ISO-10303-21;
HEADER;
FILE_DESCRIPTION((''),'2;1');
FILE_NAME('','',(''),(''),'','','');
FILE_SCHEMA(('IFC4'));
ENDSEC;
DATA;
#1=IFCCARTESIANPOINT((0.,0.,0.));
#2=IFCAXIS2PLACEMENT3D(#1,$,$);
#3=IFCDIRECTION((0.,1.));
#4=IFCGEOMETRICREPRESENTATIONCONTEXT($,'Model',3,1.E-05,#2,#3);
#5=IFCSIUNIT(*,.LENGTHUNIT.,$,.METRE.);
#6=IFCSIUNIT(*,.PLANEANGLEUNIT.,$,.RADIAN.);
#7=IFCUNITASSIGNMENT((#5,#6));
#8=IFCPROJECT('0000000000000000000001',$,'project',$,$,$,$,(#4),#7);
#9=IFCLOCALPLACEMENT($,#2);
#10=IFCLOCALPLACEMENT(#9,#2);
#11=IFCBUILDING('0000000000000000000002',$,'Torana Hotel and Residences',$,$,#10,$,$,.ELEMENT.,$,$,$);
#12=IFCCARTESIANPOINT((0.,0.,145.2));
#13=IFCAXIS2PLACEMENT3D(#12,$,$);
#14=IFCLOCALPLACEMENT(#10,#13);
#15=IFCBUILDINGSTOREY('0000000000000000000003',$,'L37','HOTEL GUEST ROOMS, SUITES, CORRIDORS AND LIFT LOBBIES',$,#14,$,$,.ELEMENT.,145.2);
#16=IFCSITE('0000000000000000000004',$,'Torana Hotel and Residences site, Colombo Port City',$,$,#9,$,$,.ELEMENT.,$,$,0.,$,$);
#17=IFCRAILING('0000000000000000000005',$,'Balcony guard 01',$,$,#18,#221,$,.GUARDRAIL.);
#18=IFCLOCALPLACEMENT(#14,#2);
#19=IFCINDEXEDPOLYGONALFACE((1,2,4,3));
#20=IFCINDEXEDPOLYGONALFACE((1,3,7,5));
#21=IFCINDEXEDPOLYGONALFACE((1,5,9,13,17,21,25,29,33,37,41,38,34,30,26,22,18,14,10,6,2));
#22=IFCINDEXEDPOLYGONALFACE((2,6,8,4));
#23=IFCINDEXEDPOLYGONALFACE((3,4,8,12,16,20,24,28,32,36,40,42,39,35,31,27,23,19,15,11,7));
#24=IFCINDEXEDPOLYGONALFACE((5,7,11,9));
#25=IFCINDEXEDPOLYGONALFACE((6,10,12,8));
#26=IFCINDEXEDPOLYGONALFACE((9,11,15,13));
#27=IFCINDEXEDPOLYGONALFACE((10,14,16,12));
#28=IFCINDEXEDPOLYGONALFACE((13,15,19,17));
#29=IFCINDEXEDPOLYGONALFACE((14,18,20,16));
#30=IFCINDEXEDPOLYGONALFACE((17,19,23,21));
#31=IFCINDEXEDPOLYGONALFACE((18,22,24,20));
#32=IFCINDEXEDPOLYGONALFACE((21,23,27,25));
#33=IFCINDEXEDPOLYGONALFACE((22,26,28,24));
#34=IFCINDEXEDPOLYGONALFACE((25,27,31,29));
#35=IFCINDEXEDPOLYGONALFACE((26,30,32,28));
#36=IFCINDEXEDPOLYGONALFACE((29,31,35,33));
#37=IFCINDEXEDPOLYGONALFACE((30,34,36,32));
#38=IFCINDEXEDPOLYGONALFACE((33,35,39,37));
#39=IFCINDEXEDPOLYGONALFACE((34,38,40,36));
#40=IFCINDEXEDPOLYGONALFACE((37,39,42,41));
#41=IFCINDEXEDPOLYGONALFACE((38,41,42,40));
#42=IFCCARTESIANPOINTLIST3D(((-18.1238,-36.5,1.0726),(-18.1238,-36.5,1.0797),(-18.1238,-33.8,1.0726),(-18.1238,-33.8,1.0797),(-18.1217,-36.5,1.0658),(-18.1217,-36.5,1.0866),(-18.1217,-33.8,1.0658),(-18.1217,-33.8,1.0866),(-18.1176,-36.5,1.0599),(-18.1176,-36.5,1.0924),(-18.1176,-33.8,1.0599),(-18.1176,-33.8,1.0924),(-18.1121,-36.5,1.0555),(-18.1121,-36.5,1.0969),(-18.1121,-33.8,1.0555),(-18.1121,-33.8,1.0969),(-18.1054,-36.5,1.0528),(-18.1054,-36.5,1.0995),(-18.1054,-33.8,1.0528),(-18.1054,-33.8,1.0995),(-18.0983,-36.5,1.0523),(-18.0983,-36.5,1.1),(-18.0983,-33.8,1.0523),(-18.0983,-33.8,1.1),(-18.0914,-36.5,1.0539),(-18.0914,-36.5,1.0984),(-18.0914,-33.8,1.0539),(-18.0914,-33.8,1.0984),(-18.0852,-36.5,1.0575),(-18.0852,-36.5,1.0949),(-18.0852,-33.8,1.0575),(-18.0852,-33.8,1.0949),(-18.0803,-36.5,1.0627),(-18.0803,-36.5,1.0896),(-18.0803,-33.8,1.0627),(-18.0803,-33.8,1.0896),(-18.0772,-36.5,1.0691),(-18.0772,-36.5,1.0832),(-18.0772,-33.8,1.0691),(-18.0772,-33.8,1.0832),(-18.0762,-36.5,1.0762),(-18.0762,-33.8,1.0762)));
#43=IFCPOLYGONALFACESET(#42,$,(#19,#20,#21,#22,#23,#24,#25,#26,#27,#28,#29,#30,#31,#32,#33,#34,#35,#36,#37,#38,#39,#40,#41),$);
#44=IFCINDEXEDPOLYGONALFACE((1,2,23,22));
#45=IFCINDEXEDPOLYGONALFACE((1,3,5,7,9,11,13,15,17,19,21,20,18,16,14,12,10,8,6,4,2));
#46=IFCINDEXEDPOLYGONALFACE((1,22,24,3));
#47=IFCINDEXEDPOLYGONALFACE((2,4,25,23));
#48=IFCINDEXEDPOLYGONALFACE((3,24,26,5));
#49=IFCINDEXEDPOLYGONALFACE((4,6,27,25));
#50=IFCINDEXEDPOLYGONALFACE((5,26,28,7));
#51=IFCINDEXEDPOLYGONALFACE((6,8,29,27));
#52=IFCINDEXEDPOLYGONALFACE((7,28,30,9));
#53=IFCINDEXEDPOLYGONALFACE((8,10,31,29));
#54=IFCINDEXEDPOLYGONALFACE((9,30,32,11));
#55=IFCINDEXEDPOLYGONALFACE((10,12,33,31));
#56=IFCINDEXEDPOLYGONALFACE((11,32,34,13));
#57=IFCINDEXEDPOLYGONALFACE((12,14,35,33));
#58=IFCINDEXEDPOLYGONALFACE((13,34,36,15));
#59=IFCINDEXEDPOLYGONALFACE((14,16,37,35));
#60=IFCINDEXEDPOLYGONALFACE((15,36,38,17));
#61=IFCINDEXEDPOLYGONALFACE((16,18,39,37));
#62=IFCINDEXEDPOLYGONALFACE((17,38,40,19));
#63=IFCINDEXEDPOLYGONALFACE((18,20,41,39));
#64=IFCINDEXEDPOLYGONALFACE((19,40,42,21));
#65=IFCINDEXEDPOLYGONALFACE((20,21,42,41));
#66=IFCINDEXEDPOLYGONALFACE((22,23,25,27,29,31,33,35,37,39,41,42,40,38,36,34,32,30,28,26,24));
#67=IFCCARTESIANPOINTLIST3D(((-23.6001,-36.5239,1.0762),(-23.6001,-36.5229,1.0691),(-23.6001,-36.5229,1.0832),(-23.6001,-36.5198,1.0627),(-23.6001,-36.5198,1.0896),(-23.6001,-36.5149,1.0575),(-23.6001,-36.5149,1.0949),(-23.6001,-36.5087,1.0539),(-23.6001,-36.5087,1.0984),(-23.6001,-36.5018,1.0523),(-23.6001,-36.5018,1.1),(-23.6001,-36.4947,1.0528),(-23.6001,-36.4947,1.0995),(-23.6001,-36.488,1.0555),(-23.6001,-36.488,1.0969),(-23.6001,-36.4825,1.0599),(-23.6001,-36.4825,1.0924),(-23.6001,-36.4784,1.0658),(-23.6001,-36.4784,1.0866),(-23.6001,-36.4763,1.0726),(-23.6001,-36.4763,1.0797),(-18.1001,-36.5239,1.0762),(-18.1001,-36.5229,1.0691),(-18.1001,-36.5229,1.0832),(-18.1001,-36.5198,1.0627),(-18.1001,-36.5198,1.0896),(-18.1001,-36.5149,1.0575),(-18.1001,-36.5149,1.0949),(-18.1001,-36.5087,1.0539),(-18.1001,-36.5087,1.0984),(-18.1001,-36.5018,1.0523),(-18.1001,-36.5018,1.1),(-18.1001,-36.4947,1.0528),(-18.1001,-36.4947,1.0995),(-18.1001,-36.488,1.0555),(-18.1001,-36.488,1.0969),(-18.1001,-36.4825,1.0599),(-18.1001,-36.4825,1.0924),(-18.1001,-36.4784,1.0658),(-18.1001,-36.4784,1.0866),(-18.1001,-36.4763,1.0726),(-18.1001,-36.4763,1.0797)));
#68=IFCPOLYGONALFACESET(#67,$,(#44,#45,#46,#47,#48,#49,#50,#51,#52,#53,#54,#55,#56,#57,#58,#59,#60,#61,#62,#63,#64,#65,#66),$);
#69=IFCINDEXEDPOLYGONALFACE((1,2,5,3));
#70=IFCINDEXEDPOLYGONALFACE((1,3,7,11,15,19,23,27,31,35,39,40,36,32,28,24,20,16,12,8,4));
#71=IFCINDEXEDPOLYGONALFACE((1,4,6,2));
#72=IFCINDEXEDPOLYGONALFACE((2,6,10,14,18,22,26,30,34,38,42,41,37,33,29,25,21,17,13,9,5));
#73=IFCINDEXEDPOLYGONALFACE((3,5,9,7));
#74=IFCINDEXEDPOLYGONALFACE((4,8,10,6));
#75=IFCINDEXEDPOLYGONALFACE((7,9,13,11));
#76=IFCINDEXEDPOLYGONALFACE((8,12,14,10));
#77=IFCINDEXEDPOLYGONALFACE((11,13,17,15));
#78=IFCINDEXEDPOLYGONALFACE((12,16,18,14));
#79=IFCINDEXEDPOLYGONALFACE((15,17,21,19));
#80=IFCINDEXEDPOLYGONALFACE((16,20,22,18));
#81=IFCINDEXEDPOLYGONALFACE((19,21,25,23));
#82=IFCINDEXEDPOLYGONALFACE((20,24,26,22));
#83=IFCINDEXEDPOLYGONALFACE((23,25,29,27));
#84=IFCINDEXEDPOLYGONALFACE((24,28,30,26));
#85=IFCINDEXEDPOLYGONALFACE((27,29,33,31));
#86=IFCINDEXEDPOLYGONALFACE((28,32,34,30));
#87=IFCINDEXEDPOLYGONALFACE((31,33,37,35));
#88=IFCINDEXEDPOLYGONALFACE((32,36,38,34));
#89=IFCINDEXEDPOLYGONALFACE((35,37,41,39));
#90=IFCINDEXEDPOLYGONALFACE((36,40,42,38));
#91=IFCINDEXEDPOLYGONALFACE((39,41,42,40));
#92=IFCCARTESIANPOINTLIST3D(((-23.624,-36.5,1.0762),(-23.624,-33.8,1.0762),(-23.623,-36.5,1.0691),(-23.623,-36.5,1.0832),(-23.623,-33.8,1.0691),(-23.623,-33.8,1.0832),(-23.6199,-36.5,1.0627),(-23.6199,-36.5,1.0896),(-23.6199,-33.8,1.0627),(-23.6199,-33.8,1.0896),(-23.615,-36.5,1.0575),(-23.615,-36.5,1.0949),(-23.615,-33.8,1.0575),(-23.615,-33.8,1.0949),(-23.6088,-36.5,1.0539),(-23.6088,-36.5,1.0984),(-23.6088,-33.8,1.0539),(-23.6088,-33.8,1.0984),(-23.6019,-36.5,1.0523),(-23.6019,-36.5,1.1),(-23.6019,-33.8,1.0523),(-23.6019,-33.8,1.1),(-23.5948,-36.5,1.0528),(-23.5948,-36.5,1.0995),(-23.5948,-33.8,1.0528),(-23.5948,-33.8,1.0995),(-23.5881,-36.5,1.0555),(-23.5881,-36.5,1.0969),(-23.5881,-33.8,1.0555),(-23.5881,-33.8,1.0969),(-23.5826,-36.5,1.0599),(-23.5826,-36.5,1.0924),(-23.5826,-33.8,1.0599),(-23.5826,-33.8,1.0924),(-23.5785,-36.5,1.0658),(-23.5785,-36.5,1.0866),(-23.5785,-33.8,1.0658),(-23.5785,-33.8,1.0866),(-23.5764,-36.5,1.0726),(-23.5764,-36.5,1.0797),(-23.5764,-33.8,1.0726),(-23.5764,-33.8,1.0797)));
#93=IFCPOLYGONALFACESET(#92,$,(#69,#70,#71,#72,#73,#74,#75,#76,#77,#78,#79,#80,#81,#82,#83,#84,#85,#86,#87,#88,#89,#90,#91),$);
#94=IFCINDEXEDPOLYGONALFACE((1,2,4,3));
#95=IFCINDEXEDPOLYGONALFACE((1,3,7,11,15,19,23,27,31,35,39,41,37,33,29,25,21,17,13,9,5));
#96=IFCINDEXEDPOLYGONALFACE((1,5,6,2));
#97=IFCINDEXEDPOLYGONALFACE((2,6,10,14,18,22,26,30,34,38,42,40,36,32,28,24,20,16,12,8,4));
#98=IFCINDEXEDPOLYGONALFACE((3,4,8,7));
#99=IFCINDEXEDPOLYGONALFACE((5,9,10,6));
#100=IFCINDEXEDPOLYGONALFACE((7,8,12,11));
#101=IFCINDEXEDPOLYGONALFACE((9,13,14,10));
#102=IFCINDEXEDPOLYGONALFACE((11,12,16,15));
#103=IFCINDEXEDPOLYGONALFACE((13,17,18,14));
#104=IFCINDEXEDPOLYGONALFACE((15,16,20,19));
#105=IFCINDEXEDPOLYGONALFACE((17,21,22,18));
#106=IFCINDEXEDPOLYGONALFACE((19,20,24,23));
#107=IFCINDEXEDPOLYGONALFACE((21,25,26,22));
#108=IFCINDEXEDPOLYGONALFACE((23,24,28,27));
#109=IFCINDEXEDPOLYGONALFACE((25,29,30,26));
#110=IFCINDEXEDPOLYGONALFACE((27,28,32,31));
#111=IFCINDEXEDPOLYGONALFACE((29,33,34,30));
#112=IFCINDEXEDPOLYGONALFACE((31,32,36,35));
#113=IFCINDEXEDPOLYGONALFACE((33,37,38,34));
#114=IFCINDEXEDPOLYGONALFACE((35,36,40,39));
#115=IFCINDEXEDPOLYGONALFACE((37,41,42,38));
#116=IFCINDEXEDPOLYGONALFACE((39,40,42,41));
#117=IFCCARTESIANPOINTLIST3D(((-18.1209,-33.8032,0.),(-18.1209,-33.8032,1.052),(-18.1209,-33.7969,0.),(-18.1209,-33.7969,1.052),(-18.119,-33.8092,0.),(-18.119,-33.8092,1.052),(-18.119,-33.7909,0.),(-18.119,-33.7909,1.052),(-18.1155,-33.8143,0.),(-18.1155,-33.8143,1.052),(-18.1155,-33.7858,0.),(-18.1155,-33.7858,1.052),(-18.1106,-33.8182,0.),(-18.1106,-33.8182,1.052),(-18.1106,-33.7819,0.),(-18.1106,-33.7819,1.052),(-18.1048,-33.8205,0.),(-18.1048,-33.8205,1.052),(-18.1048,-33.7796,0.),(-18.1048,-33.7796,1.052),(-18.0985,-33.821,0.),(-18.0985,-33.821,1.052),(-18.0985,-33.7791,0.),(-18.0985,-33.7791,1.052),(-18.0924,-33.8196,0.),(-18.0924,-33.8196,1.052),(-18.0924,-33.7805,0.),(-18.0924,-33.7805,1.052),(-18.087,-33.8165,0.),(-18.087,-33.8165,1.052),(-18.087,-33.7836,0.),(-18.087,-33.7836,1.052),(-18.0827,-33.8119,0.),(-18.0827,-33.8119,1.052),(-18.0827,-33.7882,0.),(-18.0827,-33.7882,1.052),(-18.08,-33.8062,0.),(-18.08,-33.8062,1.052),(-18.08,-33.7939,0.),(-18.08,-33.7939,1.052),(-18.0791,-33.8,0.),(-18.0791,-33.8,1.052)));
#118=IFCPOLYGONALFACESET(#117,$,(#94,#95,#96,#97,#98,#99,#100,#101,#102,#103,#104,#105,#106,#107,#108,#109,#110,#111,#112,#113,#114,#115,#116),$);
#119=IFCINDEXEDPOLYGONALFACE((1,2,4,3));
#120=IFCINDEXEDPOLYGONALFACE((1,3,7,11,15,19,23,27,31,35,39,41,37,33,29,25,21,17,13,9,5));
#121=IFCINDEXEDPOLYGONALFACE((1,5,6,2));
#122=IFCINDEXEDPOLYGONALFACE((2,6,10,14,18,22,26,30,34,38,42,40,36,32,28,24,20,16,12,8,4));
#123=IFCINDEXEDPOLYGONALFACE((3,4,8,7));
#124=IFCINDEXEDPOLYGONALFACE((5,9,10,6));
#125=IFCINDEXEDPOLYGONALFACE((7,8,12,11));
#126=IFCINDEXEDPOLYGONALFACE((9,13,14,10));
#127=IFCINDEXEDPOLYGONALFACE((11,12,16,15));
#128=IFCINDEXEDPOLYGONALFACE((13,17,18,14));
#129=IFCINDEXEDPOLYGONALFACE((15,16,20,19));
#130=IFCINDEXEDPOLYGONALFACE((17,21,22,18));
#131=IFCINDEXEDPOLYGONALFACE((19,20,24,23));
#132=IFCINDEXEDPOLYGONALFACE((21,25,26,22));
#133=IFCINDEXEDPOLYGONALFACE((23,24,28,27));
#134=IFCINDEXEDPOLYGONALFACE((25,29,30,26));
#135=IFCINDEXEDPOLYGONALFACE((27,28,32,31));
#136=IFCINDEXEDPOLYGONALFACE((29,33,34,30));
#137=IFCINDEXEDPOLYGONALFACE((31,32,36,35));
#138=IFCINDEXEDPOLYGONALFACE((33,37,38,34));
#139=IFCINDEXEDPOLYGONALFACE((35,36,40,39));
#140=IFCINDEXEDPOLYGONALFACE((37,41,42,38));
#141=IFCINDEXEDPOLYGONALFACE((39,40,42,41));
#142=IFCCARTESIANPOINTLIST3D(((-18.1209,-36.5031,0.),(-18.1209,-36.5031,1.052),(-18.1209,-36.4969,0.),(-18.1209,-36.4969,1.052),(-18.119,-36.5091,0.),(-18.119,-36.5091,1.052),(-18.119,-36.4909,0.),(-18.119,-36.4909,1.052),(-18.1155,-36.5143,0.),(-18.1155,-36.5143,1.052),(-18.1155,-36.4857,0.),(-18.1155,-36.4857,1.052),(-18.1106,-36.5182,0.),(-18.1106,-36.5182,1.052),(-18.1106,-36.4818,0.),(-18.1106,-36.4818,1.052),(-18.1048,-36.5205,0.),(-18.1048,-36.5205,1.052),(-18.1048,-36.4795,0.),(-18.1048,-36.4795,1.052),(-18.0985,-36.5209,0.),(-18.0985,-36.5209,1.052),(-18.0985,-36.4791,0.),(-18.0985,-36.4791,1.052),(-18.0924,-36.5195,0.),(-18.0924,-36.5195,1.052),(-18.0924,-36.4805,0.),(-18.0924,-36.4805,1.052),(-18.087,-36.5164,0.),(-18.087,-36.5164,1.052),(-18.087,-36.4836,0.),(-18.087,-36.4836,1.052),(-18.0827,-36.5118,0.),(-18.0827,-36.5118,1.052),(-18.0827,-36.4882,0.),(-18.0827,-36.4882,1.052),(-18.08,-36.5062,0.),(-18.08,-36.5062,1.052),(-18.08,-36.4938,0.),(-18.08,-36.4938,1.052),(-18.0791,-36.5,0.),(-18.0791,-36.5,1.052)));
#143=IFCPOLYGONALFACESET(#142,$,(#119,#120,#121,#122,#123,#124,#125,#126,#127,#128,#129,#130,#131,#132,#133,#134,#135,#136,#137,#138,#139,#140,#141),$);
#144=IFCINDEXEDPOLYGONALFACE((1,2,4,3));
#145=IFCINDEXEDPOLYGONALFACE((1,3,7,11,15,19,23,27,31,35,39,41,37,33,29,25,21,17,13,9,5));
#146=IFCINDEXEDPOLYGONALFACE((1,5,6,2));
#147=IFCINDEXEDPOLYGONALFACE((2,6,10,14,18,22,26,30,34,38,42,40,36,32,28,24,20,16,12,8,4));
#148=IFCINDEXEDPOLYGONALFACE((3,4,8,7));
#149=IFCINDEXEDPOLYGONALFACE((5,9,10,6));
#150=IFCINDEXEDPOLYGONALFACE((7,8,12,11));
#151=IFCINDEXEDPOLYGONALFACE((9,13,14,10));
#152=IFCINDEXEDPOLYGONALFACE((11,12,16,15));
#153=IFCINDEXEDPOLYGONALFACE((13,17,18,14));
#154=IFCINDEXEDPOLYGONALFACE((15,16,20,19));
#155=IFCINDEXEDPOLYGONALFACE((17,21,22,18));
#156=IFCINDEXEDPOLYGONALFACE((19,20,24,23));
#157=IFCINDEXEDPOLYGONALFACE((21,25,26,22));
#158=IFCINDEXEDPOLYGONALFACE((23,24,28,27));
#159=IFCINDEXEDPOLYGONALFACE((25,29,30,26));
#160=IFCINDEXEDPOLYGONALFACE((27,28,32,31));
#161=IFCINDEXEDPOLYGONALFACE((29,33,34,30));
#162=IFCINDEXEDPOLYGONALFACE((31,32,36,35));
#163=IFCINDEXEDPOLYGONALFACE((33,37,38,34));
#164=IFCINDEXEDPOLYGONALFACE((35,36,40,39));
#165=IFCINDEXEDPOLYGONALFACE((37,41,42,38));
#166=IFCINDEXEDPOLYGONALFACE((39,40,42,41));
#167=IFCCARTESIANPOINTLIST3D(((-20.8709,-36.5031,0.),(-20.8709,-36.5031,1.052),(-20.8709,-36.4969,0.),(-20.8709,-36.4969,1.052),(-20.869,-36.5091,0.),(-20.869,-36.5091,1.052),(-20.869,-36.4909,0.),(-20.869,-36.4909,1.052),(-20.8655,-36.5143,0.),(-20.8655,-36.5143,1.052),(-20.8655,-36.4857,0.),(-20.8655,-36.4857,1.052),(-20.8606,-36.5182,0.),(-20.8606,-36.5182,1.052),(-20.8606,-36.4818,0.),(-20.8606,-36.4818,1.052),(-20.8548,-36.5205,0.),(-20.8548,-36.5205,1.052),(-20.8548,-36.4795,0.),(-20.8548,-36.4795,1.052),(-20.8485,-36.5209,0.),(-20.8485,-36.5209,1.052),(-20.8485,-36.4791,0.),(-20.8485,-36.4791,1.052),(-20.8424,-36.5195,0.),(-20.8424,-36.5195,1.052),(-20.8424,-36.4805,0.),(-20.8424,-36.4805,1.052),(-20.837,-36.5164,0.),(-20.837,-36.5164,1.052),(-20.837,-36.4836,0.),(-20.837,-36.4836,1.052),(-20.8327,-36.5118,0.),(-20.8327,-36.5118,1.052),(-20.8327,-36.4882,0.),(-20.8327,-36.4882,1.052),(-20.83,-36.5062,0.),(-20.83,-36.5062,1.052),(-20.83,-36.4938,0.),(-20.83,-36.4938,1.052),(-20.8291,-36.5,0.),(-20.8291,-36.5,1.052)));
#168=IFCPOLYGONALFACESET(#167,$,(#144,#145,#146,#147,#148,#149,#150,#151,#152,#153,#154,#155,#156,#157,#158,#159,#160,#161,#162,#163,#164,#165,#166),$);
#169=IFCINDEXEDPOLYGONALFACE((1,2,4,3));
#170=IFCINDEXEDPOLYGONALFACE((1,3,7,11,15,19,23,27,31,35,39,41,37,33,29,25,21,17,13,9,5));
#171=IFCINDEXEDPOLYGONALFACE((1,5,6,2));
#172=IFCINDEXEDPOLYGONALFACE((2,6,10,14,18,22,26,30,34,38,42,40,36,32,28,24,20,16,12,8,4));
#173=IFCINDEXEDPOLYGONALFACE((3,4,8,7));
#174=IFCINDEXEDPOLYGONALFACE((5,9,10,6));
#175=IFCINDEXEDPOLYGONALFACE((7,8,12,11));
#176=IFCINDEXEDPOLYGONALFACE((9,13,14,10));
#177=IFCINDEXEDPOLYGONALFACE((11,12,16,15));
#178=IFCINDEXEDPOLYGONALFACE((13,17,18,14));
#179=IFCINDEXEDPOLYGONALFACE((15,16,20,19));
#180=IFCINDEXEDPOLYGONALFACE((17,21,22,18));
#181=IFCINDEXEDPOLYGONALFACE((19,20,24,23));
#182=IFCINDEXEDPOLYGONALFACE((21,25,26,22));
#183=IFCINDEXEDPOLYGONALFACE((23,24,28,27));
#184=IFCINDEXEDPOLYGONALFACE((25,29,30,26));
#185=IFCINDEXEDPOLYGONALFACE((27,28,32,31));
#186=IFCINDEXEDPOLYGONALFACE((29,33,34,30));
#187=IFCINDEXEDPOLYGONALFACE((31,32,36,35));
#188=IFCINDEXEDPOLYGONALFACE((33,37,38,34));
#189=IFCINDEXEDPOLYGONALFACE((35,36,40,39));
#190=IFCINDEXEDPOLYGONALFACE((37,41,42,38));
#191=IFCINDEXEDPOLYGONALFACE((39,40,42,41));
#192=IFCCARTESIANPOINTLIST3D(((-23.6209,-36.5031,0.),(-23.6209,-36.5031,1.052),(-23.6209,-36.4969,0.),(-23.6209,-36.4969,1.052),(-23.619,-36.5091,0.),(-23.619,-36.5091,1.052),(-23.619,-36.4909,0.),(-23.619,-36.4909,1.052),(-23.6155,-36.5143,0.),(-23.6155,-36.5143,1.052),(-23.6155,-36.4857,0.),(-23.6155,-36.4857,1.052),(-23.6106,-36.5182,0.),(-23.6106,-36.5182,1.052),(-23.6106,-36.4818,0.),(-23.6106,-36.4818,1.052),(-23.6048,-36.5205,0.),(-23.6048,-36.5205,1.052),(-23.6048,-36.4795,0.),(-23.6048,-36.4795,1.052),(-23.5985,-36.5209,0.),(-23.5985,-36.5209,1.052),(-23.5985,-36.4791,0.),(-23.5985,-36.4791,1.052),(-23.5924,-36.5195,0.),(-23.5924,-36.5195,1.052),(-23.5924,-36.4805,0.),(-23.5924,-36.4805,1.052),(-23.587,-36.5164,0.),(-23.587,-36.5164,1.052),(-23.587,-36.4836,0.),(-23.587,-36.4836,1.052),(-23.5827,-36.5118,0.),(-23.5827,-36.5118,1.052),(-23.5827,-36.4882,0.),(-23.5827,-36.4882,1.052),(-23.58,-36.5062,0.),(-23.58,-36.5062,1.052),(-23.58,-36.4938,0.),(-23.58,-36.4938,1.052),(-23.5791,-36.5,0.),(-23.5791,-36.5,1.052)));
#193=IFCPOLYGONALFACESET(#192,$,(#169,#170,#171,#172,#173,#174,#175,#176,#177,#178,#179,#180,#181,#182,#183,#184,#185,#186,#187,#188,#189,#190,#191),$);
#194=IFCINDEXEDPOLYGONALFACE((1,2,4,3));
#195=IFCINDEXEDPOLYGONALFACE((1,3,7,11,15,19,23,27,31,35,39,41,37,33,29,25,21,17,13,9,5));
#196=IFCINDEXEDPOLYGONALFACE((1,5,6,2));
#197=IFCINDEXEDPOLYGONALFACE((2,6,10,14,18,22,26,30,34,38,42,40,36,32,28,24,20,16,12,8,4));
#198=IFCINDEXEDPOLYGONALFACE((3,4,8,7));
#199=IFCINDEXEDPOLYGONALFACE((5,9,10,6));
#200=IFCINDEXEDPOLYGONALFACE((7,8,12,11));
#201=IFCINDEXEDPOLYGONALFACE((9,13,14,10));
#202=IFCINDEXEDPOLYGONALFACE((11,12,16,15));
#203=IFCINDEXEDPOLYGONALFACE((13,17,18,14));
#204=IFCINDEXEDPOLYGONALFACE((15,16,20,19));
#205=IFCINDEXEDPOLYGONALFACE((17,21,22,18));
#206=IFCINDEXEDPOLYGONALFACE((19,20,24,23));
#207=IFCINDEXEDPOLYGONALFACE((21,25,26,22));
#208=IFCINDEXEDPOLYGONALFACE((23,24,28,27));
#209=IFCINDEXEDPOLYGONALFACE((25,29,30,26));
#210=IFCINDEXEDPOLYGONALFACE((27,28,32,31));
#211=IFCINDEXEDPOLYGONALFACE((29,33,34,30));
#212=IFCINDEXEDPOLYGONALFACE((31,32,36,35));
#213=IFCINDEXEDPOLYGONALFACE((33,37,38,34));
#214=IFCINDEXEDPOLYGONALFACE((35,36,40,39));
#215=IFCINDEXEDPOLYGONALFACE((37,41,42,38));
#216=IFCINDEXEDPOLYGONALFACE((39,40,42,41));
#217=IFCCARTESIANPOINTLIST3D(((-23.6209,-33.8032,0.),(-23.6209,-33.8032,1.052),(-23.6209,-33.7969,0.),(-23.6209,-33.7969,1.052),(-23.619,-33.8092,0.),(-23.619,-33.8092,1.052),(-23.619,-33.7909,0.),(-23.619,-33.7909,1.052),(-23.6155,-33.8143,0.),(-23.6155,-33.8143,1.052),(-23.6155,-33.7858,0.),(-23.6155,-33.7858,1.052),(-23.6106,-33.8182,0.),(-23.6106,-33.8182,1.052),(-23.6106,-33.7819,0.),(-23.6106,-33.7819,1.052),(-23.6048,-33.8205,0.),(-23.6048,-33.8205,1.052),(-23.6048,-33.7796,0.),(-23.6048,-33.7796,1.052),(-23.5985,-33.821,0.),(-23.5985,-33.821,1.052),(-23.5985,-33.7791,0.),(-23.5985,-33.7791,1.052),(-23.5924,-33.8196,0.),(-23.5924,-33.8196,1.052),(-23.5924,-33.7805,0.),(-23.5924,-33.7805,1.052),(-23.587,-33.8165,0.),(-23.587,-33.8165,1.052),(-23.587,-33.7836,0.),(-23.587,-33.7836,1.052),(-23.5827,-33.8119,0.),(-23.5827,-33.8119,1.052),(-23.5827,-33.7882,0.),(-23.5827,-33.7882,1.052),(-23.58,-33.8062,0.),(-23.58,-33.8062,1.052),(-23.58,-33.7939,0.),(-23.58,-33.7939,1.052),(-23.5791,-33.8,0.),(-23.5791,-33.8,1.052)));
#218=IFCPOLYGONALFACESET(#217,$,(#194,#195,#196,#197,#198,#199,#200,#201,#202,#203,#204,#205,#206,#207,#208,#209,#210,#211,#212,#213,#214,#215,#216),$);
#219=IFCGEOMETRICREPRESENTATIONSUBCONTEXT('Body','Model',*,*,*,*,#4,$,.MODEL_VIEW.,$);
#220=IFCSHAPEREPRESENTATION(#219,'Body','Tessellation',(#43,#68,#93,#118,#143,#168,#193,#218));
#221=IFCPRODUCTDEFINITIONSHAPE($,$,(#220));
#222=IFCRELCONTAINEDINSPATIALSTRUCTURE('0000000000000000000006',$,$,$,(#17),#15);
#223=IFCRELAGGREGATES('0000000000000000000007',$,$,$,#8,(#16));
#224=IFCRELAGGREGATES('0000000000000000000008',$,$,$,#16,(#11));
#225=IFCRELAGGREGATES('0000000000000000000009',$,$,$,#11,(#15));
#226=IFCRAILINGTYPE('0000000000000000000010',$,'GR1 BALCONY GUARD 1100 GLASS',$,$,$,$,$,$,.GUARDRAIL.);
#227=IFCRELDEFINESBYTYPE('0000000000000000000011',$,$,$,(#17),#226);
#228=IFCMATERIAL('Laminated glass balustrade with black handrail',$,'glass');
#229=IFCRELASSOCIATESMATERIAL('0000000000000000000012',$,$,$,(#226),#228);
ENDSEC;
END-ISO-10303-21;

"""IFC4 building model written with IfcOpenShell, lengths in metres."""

from ifc_helpers import new_model, si_unit, direction, frame, origin, origin_2d, place, context, subcontext, project, spatial, circle, extrude, material, type_object, element, save


model = new_model("IFC4")

# Units and contexts
model_context = context("Model", 3, precision=1e-05, world=origin(), true_north=direction((0.0, 1.0)))
body_context = subcontext(model_context, "Body", "Model", "MODEL_VIEW")
ifc_project = project(units=[si_unit("LENGTHUNIT", "METRE"), si_unit("PLANEANGLEUNIT", "RADIAN")], contexts=[model_context])

# Site, building, storey
site_placement = place(None, origin())
site = spatial("IfcSite", under=ifc_project, at=site_placement, Name="Torana Hotel and Residences site, Colombo Port City", CompositionType="ELEMENT", RefElevation=0.0)
building_placement = place(site_placement, origin())
building = spatial("IfcBuilding", under=site, at=building_placement, Name="Torana Hotel and Residences", CompositionType="ELEMENT")
storey_placement = place(building_placement, frame((0.0, 0.0, 145.2)))
storey = spatial("IfcBuildingStorey", under=building, at=storey_placement, Name="L37", Description="HOTEL GUEST ROOMS, SUITES, CORRIDORS AND LIFT LOBBIES", CompositionType="ELEMENT", Elevation=145.2)

# Railing
ifc_material_1 = material(Name="Laminated glass balustrade with black handrail", Category="glass")
railing_type = type_object("IfcRailingType", Name="GR1 BALCONY GUARD 1100 GLASS", PredefinedType="GUARDRAIL", material=ifc_material_1)
railing_placement = place(storey_placement, frame((-18.1001, -33.8, 0.0)))
element("IfcRailing", 1, at=railing_placement, inside=storey, type_object=railing_type, Name="Balcony guard 01", PredefinedType="GUARDRAIL", context=body_context, shape_type="SweptSolid", body=[
    extrude(circle(Radius=0.0239, at=origin_2d()), frame((0.0, 0.0, 1.0762), z_axis=(0.0, -1.0, 0.0), x_axis=(1.0, 0.0, 0.0)), (0.0, 0.0, 1.0), 2.7),
    extrude(circle(Radius=0.0239, at=origin_2d()), frame((0.0, -2.7, 1.0762), z_axis=(-1.0, 0.0, 0.0), x_axis=(0.0, -1.0, 0.0)), (0.0, 0.0, 1.0), 5.5),
    extrude(circle(Radius=0.0239, at=origin_2d()), frame((-5.5, -2.7, 1.0762), z_axis=(0.0, 1.0, 0.0), x_axis=(-1.0, 0.0, 0.0)), (0.0, 0.0, 1.0), 2.7),
    extrude(circle(Radius=0.021, at=origin_2d()), origin(), (0.0, 0.0, 1.0), 1.052),
    extrude(circle(Radius=0.021, at=origin_2d()), frame((0.0, -2.7, 0.0)), (0.0, 0.0, 1.0), 1.052),
    extrude(circle(Radius=0.021, at=origin_2d()), frame((-2.75, -2.7, 0.0)), (0.0, 0.0, 1.0), 1.052),
    extrude(circle(Radius=0.021, at=origin_2d()), frame((-5.5, -2.7, 0.0)), (0.0, 0.0, 1.0), 1.052),
    extrude(circle(Radius=0.021, at=origin_2d()), frame((-5.5, 0.0, 0.0)), (0.0, 0.0, 1.0), 1.052),
])

save(model, "model.ifc")
